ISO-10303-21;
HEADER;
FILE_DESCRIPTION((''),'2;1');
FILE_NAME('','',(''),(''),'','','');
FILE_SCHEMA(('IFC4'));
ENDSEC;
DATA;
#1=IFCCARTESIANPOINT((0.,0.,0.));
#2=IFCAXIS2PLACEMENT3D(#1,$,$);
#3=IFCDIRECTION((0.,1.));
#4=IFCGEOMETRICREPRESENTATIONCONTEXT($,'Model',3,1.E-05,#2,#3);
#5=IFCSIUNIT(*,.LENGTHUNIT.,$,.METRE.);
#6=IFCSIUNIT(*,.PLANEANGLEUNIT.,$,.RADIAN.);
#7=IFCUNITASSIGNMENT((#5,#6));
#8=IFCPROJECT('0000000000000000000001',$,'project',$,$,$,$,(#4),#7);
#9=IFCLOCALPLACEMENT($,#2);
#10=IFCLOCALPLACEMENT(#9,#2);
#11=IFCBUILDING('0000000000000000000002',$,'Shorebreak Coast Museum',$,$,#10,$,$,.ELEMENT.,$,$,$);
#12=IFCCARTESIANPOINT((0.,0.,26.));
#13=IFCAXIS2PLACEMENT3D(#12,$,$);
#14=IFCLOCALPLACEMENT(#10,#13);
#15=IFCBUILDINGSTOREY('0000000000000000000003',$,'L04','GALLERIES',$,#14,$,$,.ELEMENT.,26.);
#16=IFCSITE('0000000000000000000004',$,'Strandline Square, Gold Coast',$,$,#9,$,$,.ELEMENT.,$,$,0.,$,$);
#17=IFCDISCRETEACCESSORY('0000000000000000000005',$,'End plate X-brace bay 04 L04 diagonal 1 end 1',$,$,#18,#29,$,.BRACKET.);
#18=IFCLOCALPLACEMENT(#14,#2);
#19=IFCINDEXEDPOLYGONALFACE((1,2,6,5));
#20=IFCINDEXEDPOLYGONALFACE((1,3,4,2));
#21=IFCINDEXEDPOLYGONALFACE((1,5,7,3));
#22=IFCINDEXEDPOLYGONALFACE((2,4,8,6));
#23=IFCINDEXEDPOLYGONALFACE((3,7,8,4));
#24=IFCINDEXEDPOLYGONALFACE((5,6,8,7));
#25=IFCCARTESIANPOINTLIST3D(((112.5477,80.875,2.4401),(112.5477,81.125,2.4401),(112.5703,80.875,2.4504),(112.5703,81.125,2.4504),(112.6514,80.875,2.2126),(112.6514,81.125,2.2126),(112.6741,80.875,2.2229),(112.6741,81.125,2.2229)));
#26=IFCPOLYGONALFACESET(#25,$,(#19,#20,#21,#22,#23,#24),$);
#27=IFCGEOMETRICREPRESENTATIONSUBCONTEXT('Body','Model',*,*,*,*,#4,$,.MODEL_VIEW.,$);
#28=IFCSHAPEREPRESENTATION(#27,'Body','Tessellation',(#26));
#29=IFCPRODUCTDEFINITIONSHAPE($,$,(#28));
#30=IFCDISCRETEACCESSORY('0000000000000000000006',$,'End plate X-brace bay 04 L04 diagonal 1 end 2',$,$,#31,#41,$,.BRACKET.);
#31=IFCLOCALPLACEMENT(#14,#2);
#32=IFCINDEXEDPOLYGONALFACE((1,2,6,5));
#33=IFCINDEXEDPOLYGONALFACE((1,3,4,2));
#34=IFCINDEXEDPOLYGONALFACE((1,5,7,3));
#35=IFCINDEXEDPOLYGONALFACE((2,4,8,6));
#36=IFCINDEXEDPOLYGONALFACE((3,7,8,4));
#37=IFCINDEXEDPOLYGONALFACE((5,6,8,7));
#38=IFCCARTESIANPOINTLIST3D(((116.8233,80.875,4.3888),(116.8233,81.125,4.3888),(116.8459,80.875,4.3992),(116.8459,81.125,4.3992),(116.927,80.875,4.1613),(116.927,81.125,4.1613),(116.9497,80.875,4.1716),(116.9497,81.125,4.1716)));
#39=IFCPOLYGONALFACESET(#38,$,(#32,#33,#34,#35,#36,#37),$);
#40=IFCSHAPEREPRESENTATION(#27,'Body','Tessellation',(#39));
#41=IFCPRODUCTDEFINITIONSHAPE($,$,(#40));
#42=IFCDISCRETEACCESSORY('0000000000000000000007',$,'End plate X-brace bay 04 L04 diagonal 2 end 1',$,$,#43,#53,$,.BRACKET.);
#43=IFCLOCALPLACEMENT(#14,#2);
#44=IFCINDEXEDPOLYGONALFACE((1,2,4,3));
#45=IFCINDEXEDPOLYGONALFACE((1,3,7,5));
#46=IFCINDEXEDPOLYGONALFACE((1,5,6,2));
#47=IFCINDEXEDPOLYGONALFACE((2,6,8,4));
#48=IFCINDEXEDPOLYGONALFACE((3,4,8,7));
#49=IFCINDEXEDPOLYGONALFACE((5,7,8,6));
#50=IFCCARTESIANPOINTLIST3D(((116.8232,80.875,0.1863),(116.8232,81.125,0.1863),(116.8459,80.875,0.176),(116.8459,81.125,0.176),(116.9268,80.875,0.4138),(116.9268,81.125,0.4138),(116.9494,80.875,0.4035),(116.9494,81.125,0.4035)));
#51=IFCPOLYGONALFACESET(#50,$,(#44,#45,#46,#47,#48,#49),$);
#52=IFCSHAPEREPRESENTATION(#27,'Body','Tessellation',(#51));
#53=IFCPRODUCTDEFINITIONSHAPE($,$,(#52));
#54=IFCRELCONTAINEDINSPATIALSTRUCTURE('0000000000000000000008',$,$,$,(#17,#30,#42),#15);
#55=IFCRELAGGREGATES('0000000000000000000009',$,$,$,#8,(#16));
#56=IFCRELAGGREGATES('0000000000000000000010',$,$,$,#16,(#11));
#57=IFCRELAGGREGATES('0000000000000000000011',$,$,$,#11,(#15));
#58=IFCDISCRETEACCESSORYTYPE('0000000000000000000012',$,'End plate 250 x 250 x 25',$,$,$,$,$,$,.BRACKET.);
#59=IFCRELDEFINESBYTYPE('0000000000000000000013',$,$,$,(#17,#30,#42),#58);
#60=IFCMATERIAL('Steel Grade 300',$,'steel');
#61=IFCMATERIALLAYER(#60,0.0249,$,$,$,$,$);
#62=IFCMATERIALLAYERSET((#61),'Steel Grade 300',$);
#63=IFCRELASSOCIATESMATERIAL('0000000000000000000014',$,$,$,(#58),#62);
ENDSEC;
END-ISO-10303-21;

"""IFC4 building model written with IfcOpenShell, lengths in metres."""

from ifc_helpers import new_model, si_unit, direction, frame, origin, place, context, subcontext, project, spatial, polyline, outline, extrude, material, layer, layer_set, type_object, element, save


model = new_model("IFC4")

# Units and contexts
model_context = context("Model", 3, precision=1e-05, world=origin(), true_north=direction((0.0, 1.0)))
body_context = subcontext(model_context, "Body", "Model", "MODEL_VIEW")
ifc_project = project(units=[si_unit("LENGTHUNIT", "METRE"), si_unit("PLANEANGLEUNIT", "RADIAN")], contexts=[model_context])

# Site, building, storey
site_placement = place(None, origin())
site = spatial("IfcSite", under=ifc_project, at=site_placement, Name="Strandline Square, Gold Coast", CompositionType="ELEMENT", RefElevation=0.0)
building_placement = place(site_placement, origin())
building = spatial("IfcBuilding", under=site, at=building_placement, Name="Shorebreak Coast Museum", CompositionType="ELEMENT")
storey_placement = place(building_placement, frame((0.0, 0.0, 26.0)))
storey = spatial("IfcBuildingStorey", under=building, at=storey_placement, Name="L04", Description="GALLERIES", CompositionType="ELEMENT", Elevation=26.0)

# Discrete accessories
ifc_material_1 = material(Name="Steel Grade 300", Category="steel")
ifc_layer_1 = layer(ifc_material_1, 0.0249)
ifc_layer_set_1 = layer_set([ifc_layer_1], Name="Steel Grade 300")
discrete_accessory_type = type_object("IfcDiscreteAccessoryType", Name="End plate 250 x 250 x 25", PredefinedType="BRACKET", material=ifc_layer_set_1)
for number, where, z_axis, x_axis, name in (
    (1, (112.6741, 80.875, 2.2229), (0.909864, 0.0, 0.414906), (0.0, 1.0, 0.0), "End plate X-brace bay 04 L04 diagonal 1 end 1"),
    (2, (116.9497, 80.875, 4.1716), (0.909864, 0.0, 0.414906), (0.0, 1.0, 0.0), "End plate X-brace bay 04 L04 diagonal 1 end 2"),
):
    element("IfcDiscreteAccessory", number, at=place(storey_placement, frame(where, z_axis=z_axis, x_axis=x_axis)), inside=storey, type_object=discrete_accessory_type, Name=name, PredefinedType="BRACKET", context=body_context, shape_type="SweptSolid", body=[
        extrude(outline(polyline([(0.0, 0.0), (0.25, 0.0), (0.25, 0.2501), (0.0, 0.2501), (0.0, 0.0)])), origin(), (0.0, 0.0, -1.0), 0.0249),
    ])
discrete_accessory_placement = place(storey_placement, frame((116.8232, 81.125, 0.1863), z_axis=(-0.910233, 0.0, 0.414097), x_axis=(0.0, -1.0, 0.0)))
element("IfcDiscreteAccessory", 3, at=discrete_accessory_placement, inside=storey, type_object=discrete_accessory_type, Name="End plate X-brace bay 04 L04 diagonal 2 end 1", PredefinedType="BRACKET", context=body_context, shape_type="SweptSolid", body=[
    extrude(outline(polyline([(0.0, 0.0), (0.25, 0.0), (0.25, 0.25), (0.0, 0.25), (0.0, 0.0)])), origin(), (0.0, 0.0, -1.0), 0.0249),
])

save(model, "model.ifc")
